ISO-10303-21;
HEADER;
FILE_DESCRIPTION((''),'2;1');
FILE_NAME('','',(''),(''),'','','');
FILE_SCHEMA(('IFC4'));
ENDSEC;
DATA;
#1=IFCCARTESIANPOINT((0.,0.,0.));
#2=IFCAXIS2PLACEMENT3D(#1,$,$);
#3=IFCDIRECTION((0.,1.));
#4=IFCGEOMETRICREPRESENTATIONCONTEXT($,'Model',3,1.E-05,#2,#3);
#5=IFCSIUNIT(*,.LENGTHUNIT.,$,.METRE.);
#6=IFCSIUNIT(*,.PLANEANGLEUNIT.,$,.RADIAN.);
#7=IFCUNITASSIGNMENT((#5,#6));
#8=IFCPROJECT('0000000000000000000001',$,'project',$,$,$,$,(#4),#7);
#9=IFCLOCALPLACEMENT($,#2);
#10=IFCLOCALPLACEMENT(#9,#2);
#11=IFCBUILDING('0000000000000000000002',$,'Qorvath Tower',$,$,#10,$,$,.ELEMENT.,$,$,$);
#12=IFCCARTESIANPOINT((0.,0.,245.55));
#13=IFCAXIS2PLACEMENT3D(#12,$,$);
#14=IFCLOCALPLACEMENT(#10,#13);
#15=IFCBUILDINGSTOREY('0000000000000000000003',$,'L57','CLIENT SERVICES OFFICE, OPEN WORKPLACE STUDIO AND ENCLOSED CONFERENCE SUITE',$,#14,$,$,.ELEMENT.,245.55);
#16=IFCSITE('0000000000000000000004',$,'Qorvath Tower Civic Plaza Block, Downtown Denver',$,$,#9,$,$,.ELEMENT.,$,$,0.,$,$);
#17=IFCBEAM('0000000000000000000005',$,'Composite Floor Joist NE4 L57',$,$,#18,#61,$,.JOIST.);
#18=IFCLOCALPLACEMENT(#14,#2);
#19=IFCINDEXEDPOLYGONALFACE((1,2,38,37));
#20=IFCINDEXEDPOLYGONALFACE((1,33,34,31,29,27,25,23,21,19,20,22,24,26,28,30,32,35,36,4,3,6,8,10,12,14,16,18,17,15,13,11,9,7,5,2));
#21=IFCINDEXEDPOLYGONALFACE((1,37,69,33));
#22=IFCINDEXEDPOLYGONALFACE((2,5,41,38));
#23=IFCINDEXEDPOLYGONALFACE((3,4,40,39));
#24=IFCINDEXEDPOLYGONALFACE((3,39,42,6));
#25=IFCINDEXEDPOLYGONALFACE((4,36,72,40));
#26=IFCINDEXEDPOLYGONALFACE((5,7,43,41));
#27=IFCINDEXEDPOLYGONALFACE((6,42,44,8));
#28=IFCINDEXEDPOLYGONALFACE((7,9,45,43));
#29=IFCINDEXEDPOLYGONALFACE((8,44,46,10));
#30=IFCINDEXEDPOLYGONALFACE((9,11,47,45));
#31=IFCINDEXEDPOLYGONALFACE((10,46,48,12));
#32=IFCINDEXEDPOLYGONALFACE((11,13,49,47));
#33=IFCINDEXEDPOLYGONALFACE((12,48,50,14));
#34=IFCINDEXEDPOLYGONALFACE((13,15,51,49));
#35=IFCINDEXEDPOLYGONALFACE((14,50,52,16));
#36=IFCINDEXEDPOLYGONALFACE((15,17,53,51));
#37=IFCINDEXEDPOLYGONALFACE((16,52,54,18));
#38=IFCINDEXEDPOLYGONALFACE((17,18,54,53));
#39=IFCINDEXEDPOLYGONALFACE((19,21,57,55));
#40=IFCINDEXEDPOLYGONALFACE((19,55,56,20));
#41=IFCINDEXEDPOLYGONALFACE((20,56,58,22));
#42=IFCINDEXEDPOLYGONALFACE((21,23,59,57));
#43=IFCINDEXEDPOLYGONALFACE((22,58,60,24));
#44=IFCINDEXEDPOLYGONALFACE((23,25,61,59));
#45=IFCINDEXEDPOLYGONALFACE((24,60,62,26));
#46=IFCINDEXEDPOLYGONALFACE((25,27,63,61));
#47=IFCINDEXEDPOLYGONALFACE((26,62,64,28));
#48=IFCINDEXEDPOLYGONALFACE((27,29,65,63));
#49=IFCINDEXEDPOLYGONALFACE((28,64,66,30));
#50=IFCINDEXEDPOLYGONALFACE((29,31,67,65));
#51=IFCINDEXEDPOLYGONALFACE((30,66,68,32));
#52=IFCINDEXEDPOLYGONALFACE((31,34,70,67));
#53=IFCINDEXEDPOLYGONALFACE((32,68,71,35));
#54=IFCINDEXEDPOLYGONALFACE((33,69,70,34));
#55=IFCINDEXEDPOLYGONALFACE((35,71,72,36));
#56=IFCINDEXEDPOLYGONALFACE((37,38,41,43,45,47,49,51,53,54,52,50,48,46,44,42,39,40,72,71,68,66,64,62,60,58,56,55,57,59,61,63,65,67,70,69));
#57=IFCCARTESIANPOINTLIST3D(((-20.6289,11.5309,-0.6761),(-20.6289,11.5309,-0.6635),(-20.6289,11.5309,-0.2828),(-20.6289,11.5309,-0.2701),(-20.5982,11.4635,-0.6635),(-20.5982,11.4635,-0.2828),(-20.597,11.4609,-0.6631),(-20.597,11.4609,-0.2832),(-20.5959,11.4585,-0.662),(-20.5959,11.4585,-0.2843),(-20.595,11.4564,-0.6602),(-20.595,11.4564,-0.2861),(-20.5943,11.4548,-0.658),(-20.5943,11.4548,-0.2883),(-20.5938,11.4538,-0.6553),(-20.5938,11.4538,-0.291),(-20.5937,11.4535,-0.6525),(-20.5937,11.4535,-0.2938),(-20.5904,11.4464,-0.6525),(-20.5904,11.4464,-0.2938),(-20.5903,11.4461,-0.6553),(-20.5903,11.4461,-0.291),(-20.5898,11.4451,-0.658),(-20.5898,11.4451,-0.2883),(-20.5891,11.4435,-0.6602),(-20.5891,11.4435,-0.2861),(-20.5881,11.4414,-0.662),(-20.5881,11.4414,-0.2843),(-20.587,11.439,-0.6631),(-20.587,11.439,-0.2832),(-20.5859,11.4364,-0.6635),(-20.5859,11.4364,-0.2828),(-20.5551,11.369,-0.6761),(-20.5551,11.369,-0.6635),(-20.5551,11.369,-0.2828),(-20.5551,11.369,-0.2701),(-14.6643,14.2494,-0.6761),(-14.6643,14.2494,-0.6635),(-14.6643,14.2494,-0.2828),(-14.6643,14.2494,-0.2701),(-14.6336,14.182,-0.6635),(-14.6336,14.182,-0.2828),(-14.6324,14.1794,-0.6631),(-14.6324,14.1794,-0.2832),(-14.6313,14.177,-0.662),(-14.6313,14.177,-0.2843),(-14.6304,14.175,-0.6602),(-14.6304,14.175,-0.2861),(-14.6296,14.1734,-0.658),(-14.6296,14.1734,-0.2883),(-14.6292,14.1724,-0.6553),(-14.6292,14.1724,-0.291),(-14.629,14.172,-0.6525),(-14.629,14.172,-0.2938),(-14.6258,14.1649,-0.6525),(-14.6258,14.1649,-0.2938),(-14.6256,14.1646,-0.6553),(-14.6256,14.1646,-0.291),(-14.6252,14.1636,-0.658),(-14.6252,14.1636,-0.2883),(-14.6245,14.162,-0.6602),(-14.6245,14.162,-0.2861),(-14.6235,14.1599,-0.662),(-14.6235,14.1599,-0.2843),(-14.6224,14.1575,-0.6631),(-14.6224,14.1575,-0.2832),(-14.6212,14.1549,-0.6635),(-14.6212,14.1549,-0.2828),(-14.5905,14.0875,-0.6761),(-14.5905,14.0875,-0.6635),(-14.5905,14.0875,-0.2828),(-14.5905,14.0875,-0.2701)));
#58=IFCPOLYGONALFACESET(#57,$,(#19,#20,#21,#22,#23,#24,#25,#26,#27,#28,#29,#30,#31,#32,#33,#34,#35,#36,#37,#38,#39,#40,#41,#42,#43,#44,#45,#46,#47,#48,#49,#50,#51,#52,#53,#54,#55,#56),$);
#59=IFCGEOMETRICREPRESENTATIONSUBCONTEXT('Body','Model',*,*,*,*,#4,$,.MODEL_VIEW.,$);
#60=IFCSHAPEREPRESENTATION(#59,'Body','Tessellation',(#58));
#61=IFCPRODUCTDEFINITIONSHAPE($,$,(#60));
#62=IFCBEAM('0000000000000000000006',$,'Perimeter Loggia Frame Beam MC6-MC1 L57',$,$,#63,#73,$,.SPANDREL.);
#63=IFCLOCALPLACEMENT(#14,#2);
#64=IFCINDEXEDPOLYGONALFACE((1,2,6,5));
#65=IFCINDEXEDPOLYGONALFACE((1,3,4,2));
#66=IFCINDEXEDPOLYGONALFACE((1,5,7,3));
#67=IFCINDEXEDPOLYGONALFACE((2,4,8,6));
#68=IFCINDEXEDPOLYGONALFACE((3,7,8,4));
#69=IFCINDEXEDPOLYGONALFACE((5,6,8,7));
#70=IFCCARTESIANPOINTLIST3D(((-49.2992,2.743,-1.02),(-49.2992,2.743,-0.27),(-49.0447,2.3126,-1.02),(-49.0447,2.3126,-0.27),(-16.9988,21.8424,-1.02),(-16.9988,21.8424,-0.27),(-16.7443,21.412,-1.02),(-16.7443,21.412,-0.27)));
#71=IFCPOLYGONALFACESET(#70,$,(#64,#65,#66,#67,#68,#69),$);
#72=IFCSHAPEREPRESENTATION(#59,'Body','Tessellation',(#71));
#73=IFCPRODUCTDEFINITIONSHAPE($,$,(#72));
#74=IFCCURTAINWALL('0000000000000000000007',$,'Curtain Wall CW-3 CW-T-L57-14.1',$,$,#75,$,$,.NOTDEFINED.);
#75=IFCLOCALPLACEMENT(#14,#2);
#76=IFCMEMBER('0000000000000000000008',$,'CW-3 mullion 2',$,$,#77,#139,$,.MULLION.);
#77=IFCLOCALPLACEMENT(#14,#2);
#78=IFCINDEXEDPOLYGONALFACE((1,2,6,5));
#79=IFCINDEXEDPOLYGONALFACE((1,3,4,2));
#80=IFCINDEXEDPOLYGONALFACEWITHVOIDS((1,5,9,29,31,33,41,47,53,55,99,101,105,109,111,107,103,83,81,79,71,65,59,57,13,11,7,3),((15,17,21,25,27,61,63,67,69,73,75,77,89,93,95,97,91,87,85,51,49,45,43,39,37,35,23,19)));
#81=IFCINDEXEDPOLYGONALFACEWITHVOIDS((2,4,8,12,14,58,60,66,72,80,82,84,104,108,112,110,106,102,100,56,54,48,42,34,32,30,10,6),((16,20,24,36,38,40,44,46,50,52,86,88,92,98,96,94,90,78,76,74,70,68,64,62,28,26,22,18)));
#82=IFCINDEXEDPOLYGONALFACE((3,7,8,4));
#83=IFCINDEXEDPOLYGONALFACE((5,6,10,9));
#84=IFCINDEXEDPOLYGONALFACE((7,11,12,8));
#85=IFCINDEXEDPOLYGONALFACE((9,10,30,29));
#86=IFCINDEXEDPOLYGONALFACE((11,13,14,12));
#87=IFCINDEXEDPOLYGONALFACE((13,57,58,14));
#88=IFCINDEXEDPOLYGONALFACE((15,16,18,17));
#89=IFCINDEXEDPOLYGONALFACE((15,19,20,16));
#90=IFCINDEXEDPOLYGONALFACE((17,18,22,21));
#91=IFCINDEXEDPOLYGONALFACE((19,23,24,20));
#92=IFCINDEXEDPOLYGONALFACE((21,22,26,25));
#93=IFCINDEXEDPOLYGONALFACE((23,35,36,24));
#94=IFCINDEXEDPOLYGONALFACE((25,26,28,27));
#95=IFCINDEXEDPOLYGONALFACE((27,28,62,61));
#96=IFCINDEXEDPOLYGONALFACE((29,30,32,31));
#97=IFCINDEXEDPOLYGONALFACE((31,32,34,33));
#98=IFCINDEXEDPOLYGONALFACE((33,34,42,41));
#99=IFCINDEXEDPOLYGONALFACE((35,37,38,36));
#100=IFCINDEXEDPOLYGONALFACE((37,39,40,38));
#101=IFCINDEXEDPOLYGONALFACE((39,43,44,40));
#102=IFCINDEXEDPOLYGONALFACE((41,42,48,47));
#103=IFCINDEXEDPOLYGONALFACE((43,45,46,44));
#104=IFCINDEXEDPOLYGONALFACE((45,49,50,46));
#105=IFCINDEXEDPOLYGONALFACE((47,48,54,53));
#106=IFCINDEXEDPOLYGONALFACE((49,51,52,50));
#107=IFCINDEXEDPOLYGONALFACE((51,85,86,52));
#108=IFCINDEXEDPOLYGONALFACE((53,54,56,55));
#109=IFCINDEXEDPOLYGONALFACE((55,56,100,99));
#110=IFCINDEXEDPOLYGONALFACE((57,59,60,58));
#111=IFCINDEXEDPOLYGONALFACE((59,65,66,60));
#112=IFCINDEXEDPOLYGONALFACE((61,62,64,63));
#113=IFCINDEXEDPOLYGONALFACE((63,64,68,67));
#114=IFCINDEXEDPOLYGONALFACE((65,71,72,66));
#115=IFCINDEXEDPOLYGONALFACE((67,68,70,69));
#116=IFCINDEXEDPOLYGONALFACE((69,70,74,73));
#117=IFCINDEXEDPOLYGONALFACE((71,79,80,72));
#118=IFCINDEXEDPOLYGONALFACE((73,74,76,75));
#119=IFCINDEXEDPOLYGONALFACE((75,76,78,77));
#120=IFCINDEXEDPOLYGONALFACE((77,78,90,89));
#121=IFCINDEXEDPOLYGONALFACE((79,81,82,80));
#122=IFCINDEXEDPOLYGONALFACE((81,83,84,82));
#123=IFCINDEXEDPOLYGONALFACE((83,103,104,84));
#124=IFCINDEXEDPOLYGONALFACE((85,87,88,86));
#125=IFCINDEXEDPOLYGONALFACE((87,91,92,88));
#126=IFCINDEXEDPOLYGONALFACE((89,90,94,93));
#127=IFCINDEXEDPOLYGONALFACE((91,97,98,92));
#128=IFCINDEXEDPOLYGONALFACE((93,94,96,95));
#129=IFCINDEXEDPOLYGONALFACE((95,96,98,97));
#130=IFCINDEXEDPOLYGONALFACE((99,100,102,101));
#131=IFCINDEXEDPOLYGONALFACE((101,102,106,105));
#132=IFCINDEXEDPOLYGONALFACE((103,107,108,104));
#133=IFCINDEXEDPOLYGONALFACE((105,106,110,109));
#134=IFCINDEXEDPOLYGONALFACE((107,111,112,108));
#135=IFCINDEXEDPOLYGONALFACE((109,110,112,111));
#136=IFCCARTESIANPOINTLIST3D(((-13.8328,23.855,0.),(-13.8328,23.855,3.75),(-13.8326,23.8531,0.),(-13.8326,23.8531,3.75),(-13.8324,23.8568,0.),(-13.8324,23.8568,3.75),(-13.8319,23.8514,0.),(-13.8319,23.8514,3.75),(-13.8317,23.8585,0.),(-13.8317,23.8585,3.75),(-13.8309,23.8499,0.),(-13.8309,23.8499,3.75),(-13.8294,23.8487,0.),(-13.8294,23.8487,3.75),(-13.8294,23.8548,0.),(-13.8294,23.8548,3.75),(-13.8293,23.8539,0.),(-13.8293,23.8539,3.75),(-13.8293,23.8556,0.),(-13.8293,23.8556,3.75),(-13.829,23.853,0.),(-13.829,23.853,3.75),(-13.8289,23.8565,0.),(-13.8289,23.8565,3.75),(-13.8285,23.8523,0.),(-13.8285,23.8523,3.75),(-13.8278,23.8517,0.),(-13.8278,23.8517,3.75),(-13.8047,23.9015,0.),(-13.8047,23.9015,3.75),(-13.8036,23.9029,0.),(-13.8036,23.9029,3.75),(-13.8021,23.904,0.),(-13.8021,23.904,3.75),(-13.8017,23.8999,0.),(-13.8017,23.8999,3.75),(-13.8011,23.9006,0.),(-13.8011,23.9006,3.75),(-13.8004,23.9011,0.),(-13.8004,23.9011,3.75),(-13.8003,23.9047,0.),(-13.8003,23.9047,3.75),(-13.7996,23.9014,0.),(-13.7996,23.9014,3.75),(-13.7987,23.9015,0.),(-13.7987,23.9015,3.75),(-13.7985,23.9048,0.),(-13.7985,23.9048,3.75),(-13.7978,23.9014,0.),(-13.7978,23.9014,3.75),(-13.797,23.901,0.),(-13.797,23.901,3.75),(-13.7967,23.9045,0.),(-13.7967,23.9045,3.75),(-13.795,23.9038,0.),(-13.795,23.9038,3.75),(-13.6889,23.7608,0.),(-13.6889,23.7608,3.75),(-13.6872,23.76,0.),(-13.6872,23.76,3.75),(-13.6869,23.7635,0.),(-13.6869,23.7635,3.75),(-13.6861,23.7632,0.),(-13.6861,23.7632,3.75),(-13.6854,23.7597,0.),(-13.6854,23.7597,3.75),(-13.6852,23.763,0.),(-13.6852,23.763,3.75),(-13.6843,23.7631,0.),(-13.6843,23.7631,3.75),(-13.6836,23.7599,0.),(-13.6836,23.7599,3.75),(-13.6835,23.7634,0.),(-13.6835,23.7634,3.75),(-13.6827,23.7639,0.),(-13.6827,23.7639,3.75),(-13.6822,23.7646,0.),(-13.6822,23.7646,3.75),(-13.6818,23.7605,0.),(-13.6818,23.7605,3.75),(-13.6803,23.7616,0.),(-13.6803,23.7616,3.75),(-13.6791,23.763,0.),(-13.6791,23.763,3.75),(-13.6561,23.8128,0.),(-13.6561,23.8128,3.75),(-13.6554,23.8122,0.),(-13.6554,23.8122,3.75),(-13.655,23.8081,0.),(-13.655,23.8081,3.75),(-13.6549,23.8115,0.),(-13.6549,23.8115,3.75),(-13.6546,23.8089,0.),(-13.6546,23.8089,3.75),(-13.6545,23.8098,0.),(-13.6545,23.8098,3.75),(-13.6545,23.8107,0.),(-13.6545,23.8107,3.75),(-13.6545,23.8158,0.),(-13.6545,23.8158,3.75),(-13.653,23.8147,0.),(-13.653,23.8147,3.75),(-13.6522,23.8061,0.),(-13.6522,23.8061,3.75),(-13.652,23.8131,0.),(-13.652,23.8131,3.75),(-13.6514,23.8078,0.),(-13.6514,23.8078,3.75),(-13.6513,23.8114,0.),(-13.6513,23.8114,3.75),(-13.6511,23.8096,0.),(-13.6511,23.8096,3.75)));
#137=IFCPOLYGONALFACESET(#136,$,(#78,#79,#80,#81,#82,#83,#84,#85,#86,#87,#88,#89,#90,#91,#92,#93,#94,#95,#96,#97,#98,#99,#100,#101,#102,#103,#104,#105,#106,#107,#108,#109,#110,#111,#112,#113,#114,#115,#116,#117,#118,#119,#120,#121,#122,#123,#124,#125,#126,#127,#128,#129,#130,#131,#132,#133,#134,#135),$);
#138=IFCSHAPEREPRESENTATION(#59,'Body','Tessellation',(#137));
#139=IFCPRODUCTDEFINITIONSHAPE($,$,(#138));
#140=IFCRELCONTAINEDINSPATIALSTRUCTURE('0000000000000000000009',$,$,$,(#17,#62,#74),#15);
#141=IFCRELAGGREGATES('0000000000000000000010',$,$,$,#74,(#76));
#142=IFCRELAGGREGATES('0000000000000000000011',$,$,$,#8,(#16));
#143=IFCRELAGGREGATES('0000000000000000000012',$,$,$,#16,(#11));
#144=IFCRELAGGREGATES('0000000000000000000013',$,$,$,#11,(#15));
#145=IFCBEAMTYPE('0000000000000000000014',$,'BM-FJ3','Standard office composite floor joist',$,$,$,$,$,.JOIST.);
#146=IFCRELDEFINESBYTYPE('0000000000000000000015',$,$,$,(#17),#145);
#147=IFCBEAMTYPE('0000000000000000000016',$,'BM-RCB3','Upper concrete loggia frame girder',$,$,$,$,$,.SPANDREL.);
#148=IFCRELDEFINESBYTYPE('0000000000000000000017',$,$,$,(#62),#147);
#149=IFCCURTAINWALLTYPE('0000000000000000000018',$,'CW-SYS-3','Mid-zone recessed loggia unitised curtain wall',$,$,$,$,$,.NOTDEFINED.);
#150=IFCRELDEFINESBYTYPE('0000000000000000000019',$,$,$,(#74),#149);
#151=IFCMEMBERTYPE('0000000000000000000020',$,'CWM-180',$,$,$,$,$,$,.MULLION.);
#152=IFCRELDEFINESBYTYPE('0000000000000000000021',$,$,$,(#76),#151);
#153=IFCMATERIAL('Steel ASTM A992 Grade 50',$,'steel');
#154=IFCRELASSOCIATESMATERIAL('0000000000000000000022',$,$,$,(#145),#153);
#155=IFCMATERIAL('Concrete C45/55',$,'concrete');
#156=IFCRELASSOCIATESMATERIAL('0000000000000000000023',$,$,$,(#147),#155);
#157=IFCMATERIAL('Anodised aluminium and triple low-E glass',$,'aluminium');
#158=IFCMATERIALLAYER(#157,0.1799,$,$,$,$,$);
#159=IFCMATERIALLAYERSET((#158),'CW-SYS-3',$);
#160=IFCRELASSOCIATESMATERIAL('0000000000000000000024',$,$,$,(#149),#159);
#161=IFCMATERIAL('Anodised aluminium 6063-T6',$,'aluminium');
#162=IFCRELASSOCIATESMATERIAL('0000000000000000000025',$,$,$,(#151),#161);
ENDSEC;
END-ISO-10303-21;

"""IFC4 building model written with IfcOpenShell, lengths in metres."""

from ifc_helpers import new_model, si_unit, direction, frame, origin, origin_2d, place, context, subcontext, project, spatial, rectangle, hollow_rectangle, i_section, extrude, material, layer, layer_set, material_profile, profile_set, type_object, element, aggregate, save


model = new_model("IFC4")

# Units and contexts
model_context = context("Model", 3, precision=1e-05, world=origin(), true_north=direction((0.0, 1.0)))
body_context = subcontext(model_context, "Body", "Model", "MODEL_VIEW")
ifc_project = project(units=[si_unit("LENGTHUNIT", "METRE"), si_unit("PLANEANGLEUNIT", "RADIAN")], contexts=[model_context])

# Site, building, storey
site_placement = place(None, origin())
site = spatial("IfcSite", under=ifc_project, at=site_placement, Name="Qorvath Tower Civic Plaza Block, Downtown Denver", CompositionType="ELEMENT", RefElevation=0.0)
building_placement = place(site_placement, origin())
building = spatial("IfcBuilding", under=site, at=building_placement, Name="Qorvath Tower", CompositionType="ELEMENT")
storey_placement = place(building_placement, frame((0.0, 0.0, 245.55)))
storey = spatial("IfcBuildingStorey", under=building, at=storey_placement, Name="L57", Description="CLIENT SERVICES OFFICE, OPEN WORKPLACE STUDIO AND ENCLOSED CONFERENCE SUITE", CompositionType="ELEMENT", Elevation=245.55)

# Beams
ifc_material_1 = material(Name="Steel ASTM A992 Grade 50", Category="steel")
ifc_material_profile_1 = material_profile(ifc_material_1, i_section(OverallWidth=0.178, OverallDepth=0.406, WebThickness=0.0078, FlangeThickness=0.0127, FilletRadius=0.011, at=origin_2d()), Name="W16x40")
ifc_profile_set_1 = profile_set([ifc_material_profile_1], Name="Steel ASTM A992 Grade 50")
beam_type_1 = type_object("IfcBeamType", Name="BM-FJ3", Description="Standard office composite floor joist", PredefinedType="JOIST", material=ifc_profile_set_1)
beam_1_placement = place(storey_placement, frame((-20.592, 11.45, -0.4731), z_axis=(0.909945, 0.414729, 0.0), x_axis=(-0.414729, 0.909945, 0.0)))
element("IfcBeam", 1, at=beam_1_placement, inside=storey, type_object=beam_type_1, Name="Composite Floor Joist NE4 L57", PredefinedType="JOIST", context=body_context, shape_type="SweptSolid", body=[
    extrude(i_section(OverallWidth=0.178, OverallDepth=0.406, WebThickness=0.0078, FlangeThickness=0.0127, FilletRadius=0.011, at=origin_2d()), origin(), (0.0, 0.0, 1.0), 6.5549),
])
ifc_material_2 = material(Name="Concrete C45/55", Category="concrete")
ifc_material_profile_2 = material_profile(ifc_material_2, rectangle(XDim=0.5, YDim=0.75, at=origin_2d()), Name="RCB 750x500")
ifc_profile_set_2 = profile_set([ifc_material_profile_2], Name="Concrete C45/55")
beam_type_2 = type_object("IfcBeamType", Name="BM-RCB3", Description="Upper concrete loggia frame girder", PredefinedType="SPANDREL", material=ifc_profile_set_2)
beam_2_placement = place(storey_placement, frame((-16.8716, 21.6272, -0.645), z_axis=(-0.860777, -0.508983, 0.0), x_axis=(0.508983, -0.860777, 0.0)))
element("IfcBeam", 2, at=beam_2_placement, inside=storey, type_object=beam_type_2, Name="Perimeter Loggia Frame Beam MC6-MC1 L57", PredefinedType="SPANDREL", context=body_context, shape_type="SweptSolid", body=[
    extrude(rectangle(XDim=0.5, YDim=0.75, at=origin_2d()), origin(), (0.0, 0.0, 1.0), 37.5247),
])

# Curtain wall, member
ifc_material_3 = material(Name="Anodised aluminium and triple low-E glass", Category="aluminium")
ifc_layer_1 = layer(ifc_material_3, 0.1799)
ifc_layer_set_1 = layer_set([ifc_layer_1], Name="CW-SYS-3")
curtain_wall_type = type_object("IfcCurtainWallType", Name="CW-SYS-3", Description="Mid-zone recessed loggia unitised curtain wall", PredefinedType="NOTDEFINED", material=ifc_layer_set_1)
curtain_wall_1_placement = place(storey_placement, origin())
curtain_wall_1 = element("IfcCurtainWall", 3, at=curtain_wall_1_placement, inside=storey, type_object=curtain_wall_type, Name="Curtain Wall CW-3 CW-T-L57-14.1", PredefinedType="NOTDEFINED")
ifc_material_4 = material(Name="Anodised aluminium 6063-T6", Category="aluminium")
ifc_material_profile_3 = material_profile(ifc_material_4, hollow_rectangle(XDim=0.0649, YDim=0.1799, WallThickness=0.0034, InnerFilletRadius=0.0034, OuterFilletRadius=0.0071, at=origin_2d()), Name="CWM 180x65")
ifc_profile_set_3 = profile_set([ifc_material_profile_3], Name="Anodised aluminium 6063-T6")
member_type_1 = type_object("IfcMemberType", Name="CWM-180", PredefinedType="MULLION", material=ifc_profile_set_3)
member_1_placement = place(storey_placement, frame((-13.7419, 23.8323, 0.0), z_axis=(0.0, 0.0, 1.0), x_axis=(-0.530487, -0.847693, 0.0)))
member_1 = element("IfcMember", 4, at=member_1_placement, type_object=member_type_1, Name="CW-3 mullion 2", PredefinedType="MULLION", context=body_context, shape_type="SweptSolid", body=[
    extrude(hollow_rectangle(XDim=0.0649, YDim=0.1799, WallThickness=0.0034, InnerFilletRadius=0.0034, OuterFilletRadius=0.0071, at=origin_2d()), origin(), (0.0, 0.0, 1.0), 3.75),
])
aggregate(curtain_wall_1, [member_1])

save(model, "model.ifc")
